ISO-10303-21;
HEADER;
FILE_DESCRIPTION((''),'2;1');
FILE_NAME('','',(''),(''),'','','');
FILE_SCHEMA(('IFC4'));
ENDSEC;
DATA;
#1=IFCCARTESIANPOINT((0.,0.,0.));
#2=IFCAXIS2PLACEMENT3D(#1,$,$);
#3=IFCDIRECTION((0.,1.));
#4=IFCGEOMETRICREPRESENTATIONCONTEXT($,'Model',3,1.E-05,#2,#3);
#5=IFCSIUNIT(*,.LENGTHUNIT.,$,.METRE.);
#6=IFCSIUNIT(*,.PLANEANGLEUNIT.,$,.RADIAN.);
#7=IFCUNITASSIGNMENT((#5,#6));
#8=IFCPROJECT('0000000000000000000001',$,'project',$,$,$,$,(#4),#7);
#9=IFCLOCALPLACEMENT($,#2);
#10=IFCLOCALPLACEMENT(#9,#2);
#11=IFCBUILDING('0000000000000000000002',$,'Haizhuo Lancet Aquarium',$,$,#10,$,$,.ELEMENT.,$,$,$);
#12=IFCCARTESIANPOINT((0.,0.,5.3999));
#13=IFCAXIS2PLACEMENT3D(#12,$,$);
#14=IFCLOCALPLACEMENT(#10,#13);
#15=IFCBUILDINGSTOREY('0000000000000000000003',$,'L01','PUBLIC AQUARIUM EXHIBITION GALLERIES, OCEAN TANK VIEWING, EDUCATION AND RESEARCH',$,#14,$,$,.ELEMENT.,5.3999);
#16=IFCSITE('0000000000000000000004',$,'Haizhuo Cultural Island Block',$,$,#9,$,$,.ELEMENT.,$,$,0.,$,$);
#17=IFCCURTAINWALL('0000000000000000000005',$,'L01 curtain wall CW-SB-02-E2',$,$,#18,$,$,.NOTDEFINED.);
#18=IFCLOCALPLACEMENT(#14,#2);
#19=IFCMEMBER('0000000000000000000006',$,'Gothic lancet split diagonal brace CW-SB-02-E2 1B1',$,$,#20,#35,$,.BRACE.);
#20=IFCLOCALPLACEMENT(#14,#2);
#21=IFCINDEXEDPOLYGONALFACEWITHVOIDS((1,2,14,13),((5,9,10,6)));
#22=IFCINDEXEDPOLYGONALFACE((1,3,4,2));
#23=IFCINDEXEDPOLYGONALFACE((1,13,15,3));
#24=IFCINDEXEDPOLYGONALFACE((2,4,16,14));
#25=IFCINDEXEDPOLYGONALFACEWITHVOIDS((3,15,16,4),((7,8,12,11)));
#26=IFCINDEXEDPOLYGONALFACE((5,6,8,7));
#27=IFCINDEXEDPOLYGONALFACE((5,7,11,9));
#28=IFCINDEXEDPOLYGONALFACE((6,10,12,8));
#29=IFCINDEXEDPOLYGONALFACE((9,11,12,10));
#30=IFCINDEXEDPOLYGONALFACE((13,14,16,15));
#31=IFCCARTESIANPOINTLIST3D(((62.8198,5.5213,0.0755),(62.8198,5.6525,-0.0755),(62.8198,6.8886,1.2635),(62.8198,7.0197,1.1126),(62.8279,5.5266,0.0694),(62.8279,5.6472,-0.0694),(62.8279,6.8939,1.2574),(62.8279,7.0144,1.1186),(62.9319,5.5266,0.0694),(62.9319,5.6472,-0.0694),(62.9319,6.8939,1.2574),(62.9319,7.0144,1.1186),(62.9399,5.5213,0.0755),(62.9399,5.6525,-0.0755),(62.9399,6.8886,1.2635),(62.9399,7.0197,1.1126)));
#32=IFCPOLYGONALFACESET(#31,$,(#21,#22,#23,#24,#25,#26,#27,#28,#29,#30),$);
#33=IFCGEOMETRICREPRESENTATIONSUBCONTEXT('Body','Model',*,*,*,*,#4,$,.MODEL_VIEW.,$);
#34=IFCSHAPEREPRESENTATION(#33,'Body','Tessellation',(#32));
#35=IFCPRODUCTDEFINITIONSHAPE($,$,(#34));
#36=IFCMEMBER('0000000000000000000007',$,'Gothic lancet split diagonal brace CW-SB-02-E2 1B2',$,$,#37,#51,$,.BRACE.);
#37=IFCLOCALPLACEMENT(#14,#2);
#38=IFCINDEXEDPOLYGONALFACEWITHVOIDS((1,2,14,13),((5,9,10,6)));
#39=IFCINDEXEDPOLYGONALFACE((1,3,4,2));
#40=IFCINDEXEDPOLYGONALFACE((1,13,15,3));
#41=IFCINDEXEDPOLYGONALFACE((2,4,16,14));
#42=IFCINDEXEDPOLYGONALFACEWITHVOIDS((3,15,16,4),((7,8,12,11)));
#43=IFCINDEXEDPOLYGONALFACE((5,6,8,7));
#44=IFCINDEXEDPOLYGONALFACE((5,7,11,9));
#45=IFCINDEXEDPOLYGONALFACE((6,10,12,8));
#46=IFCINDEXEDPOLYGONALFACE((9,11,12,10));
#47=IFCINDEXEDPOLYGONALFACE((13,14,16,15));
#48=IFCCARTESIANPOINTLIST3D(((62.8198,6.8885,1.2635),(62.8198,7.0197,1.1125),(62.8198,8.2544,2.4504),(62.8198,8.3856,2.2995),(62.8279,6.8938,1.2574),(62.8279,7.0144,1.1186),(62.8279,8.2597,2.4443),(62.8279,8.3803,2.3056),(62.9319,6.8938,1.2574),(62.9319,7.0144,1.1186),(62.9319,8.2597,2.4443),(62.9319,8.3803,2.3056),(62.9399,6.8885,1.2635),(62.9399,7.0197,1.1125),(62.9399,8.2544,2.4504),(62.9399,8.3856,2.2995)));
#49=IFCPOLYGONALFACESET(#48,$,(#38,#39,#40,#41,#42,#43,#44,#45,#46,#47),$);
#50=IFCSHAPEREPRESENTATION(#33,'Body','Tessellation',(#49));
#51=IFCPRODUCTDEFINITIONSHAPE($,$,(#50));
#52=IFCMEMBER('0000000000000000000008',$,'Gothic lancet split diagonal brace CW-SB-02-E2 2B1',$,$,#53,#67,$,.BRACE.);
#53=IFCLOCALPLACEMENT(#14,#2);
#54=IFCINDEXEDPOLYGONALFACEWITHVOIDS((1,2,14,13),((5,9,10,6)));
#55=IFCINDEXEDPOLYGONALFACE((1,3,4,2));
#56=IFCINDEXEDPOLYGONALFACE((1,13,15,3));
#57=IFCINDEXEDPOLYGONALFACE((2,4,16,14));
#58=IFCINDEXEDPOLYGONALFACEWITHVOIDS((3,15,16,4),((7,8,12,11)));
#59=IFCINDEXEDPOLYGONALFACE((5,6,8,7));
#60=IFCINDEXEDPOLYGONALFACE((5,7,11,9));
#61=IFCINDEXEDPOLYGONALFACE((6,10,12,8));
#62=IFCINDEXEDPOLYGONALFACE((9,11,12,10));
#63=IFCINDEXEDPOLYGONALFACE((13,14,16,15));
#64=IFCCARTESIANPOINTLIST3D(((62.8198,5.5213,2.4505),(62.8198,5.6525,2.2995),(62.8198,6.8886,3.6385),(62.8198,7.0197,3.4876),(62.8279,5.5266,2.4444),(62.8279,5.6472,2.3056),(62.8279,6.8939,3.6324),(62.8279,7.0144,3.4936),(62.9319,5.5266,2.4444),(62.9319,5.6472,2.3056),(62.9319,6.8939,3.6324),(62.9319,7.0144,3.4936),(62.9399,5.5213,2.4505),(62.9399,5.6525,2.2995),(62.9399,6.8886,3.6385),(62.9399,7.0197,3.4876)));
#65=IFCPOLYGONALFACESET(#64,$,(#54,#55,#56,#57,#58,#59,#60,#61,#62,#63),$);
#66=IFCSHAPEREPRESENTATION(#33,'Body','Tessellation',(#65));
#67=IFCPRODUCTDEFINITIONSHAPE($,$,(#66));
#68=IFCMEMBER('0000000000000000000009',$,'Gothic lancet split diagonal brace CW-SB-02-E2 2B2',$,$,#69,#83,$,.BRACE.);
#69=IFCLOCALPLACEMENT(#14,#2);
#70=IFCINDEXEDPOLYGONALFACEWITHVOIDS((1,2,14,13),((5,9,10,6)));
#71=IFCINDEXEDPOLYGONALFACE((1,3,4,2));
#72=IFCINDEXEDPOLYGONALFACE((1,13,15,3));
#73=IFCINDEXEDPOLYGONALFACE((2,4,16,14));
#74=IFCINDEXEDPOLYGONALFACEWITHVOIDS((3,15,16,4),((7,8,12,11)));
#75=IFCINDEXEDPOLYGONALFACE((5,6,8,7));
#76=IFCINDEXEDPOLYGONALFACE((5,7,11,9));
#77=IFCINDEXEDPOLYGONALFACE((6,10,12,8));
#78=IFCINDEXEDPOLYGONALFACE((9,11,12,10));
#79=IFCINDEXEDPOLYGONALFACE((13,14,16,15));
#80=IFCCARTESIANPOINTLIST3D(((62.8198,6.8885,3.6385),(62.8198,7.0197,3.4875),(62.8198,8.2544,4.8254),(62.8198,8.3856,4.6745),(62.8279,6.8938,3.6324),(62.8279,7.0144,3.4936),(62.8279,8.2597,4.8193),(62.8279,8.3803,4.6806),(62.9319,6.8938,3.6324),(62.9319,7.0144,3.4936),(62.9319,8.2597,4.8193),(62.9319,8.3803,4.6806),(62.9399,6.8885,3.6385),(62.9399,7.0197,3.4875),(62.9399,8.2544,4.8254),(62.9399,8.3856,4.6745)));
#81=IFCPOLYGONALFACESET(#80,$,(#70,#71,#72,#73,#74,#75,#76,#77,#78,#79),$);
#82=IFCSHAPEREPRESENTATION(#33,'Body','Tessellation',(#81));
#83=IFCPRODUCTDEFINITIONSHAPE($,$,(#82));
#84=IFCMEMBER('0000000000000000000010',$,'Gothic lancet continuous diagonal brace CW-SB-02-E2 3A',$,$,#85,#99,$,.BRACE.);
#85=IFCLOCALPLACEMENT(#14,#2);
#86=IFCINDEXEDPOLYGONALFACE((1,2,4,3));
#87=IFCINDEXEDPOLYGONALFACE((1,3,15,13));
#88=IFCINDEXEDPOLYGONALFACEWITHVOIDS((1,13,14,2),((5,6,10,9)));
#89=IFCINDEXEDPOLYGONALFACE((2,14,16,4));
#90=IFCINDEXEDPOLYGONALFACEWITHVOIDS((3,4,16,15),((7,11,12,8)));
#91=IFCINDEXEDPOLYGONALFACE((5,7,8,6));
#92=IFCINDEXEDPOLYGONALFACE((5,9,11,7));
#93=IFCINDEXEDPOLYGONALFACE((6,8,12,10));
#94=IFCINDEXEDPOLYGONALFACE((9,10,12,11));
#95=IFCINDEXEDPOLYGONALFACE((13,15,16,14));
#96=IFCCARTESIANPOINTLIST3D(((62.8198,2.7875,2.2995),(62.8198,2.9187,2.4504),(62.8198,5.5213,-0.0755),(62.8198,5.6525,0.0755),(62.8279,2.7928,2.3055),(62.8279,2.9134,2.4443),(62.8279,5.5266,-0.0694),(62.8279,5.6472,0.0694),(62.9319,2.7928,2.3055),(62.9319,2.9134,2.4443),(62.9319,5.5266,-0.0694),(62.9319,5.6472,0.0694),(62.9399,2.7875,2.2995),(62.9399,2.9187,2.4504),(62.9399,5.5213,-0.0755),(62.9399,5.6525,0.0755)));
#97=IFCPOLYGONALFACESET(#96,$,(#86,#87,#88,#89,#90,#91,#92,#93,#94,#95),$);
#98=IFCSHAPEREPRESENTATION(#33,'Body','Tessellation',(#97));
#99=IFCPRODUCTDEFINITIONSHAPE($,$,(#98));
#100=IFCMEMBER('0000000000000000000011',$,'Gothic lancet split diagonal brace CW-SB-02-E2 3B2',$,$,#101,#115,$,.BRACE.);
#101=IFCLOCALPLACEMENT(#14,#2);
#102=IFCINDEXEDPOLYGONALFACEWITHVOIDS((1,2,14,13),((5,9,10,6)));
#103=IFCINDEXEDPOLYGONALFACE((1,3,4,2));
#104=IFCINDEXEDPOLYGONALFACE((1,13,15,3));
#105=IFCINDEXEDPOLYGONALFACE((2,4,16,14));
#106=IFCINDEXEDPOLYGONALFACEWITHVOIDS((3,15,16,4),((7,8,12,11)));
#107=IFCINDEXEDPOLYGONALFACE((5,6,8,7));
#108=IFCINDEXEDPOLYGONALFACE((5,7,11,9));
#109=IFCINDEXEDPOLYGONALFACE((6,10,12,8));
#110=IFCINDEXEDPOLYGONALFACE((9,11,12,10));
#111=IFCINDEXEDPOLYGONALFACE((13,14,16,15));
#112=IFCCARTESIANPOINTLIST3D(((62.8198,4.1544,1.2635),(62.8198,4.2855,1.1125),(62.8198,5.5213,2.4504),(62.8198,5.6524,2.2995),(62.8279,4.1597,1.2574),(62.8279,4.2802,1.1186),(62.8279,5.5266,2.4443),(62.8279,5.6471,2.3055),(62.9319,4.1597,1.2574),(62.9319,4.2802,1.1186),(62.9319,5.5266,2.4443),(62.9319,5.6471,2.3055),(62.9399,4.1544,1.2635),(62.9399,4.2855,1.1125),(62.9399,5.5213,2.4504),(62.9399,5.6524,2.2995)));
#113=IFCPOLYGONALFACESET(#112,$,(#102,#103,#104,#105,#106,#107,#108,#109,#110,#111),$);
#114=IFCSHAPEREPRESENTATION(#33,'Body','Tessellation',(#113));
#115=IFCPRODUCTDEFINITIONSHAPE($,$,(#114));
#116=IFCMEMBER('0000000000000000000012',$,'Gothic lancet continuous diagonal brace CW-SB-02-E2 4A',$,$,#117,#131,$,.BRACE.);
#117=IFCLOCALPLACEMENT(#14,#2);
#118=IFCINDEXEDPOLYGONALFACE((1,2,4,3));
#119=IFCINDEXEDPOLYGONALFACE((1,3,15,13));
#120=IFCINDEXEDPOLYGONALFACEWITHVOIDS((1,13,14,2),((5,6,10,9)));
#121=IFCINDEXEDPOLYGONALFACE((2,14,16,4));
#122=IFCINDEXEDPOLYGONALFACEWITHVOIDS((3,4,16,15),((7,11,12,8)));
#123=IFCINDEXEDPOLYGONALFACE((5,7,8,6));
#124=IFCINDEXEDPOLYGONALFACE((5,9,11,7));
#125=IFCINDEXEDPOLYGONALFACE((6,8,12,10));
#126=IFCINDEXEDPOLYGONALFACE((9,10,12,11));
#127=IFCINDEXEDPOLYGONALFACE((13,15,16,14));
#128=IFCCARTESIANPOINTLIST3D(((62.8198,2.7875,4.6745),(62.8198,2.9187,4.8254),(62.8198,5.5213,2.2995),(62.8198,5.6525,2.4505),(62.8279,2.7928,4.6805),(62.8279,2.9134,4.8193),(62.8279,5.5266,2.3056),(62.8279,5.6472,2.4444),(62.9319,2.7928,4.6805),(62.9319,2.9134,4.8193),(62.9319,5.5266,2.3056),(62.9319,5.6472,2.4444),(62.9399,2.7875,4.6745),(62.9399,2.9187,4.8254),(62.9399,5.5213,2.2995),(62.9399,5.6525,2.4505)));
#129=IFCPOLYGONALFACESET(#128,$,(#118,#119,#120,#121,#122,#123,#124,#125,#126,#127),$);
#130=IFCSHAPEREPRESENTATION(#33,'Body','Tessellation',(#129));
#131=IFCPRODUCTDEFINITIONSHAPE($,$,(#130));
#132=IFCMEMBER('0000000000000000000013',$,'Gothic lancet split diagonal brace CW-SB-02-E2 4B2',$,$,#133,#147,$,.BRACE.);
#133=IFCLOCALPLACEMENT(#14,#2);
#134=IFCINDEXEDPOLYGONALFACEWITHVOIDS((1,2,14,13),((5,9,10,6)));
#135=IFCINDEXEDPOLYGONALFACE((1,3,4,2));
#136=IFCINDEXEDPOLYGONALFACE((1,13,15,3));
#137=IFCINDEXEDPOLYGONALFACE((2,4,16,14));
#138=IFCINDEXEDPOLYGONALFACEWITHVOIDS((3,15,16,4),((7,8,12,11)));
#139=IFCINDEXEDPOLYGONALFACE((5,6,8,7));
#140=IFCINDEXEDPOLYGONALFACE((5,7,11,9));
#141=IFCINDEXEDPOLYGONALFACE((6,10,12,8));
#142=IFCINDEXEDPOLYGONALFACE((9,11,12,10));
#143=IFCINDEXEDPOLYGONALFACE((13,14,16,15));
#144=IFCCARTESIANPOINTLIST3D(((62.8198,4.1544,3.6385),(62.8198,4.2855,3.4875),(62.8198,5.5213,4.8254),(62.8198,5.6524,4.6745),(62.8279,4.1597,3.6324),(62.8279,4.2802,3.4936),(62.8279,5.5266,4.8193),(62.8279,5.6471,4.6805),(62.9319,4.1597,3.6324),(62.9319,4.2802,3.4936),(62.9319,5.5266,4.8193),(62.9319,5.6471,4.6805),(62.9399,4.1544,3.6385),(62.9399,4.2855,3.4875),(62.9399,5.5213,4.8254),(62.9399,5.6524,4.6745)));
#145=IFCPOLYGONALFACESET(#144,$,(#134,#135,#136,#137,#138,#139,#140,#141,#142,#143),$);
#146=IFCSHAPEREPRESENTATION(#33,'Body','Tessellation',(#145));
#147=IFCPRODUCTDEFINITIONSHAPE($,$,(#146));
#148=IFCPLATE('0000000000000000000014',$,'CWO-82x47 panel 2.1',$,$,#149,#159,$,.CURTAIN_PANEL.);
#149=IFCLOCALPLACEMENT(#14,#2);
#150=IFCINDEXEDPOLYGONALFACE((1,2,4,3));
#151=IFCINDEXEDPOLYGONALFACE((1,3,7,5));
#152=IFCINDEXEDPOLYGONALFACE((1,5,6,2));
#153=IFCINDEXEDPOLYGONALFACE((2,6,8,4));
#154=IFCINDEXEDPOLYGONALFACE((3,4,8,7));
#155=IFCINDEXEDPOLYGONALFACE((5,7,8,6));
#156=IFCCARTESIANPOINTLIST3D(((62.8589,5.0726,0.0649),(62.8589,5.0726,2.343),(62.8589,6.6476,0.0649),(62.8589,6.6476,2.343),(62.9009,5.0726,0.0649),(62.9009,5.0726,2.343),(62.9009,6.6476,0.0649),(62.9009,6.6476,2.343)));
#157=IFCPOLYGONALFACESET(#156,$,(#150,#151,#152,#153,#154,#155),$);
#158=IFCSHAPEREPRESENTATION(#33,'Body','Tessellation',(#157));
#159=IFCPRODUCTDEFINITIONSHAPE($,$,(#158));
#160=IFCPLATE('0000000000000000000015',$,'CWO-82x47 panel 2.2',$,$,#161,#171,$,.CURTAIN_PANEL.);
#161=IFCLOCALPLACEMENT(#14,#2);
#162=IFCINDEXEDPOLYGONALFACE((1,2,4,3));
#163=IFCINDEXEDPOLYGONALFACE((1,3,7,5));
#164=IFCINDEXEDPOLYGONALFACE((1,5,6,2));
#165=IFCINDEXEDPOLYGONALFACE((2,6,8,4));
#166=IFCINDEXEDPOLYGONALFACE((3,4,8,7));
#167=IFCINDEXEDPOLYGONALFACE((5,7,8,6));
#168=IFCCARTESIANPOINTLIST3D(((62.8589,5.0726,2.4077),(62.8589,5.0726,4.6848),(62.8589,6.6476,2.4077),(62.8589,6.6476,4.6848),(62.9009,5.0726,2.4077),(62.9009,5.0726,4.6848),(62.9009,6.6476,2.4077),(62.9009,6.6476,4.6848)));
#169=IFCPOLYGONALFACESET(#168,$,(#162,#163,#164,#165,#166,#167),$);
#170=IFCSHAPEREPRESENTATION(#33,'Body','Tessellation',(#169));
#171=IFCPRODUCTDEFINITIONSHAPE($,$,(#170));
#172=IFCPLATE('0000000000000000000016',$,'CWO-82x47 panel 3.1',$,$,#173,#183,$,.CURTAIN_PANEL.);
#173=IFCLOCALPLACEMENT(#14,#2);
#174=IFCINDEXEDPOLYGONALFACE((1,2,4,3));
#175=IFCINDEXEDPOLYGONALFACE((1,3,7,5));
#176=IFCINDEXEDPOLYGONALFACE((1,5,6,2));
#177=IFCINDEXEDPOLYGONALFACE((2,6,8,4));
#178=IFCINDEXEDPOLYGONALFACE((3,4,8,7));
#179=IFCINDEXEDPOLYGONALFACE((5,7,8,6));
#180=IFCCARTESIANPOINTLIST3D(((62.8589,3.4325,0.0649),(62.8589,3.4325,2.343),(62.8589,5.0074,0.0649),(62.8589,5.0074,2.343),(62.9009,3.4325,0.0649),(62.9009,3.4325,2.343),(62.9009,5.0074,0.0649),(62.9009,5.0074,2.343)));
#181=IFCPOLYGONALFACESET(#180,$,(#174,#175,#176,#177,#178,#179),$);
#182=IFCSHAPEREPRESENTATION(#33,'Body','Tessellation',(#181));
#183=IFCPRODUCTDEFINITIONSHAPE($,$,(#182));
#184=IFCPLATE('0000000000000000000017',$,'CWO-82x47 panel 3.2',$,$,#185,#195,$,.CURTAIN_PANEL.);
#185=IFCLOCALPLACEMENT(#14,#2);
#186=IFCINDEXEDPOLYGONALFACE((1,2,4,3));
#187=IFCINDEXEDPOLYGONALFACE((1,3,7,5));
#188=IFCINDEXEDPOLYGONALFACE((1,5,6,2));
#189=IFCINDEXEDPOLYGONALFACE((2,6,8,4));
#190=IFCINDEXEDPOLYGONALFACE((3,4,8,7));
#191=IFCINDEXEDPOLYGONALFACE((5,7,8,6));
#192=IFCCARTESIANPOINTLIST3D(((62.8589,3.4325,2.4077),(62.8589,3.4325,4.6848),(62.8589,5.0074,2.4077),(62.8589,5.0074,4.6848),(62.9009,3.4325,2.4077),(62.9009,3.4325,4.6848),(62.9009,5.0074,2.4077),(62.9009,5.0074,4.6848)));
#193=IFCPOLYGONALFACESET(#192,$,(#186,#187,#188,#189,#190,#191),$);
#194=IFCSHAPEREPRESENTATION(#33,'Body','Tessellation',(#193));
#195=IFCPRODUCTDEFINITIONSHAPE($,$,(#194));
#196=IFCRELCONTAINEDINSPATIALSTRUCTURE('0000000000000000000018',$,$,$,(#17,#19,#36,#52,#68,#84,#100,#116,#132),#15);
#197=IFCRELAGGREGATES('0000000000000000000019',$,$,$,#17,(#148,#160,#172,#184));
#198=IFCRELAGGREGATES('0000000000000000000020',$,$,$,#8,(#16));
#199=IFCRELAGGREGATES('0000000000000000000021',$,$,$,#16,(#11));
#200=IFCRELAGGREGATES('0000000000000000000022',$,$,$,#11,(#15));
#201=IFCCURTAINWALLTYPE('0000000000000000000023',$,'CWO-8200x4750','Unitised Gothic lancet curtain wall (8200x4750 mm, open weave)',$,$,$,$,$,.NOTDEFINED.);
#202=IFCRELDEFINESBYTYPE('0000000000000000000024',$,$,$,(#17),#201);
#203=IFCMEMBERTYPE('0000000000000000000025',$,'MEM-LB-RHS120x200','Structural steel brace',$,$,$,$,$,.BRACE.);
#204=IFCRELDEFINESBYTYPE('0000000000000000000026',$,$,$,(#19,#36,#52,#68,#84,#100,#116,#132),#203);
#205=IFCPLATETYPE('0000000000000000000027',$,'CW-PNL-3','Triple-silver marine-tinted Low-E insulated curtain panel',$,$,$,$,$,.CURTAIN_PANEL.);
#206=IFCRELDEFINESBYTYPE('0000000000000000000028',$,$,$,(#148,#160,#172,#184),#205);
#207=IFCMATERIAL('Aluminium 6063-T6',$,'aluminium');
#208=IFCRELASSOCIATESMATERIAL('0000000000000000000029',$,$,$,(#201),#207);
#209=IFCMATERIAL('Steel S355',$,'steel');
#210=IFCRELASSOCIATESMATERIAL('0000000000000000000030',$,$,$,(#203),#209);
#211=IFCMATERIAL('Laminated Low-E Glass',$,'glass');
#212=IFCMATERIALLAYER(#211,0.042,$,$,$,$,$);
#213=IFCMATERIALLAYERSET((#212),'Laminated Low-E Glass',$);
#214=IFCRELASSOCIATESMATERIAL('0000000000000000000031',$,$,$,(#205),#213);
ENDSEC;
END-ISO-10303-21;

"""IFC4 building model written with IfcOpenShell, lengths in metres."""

from ifc_helpers import new_model, si_unit, direction, frame, origin, origin_2d, place, context, subcontext, project, spatial, rectangle, hollow_rectangle, extrude, material, layer, layer_set, material_profile, profile_set, type_object, element, aggregate, save


model = new_model("IFC4")

# Units and contexts
model_context = context("Model", 3, precision=1e-05, world=origin(), true_north=direction((0.0, 1.0)))
body_context = subcontext(model_context, "Body", "Model", "MODEL_VIEW")
ifc_project = project(units=[si_unit("LENGTHUNIT", "METRE"), si_unit("PLANEANGLEUNIT", "RADIAN")], contexts=[model_context])

# Site, building, storey
site_placement = place(None, origin())
site = spatial("IfcSite", under=ifc_project, at=site_placement, Name="Haizhuo Cultural Island Block", CompositionType="ELEMENT", RefElevation=0.0)
building_placement = place(site_placement, origin())
building = spatial("IfcBuilding", under=site, at=building_placement, Name="Haizhuo Lancet Aquarium", CompositionType="ELEMENT")
storey_placement = place(building_placement, frame((0.0, 0.0, 5.3999)))
storey = spatial("IfcBuildingStorey", under=building, at=storey_placement, Name="L01", Description="PUBLIC AQUARIUM EXHIBITION GALLERIES, OCEAN TANK VIEWING, EDUCATION AND RESEARCH", CompositionType="ELEMENT", Elevation=5.3999)

# Curtain wall
ifc_material_1 = material(Name="Aluminium 6063-T6", Category="aluminium")
curtain_wall_type = type_object("IfcCurtainWallType", Name="CWO-8200x4750", Description="Unitised Gothic lancet curtain wall (8200x4750 mm, open weave)", PredefinedType="NOTDEFINED", material=ifc_material_1)
curtain_wall_placement = place(storey_placement, origin())
curtain_wall = element("IfcCurtainWall", 1, at=curtain_wall_placement, inside=storey, type_object=curtain_wall_type, Name="L01 curtain wall CW-SB-02-E2", PredefinedType="NOTDEFINED")

# Members
ifc_material_2 = material(Name="Steel S355", Category="steel")
ifc_material_profile_1 = material_profile(ifc_material_2, hollow_rectangle(XDim=0.1201, YDim=0.2, WallThickness=0.0081, at=origin_2d()), Name="RHS 120x200x8")
ifc_profile_set_1 = profile_set([ifc_material_profile_1], Name="Steel S355")
member_type_1 = type_object("IfcMemberType", Name="MEM-LB-RHS120x200", Description="Structural steel brace", PredefinedType="BRACE", material=ifc_profile_set_1)
member_1_placement = place(storey_placement, frame((62.8799, 5.5869, 0.0), z_axis=(0.0, 0.754843, 0.655905), x_axis=(-1.0, 0.0, 0.0)))
element("IfcMember", 2, at=member_1_placement, inside=storey, type_object=member_type_1, Name="Gothic lancet split diagonal brace CW-SB-02-E2 1B1", PredefinedType="BRACE", context=body_context, shape_type="SweptSolid", body=[
    extrude(hollow_rectangle(XDim=0.1201, YDim=0.2, WallThickness=0.0081, at=origin_2d()), origin(), (0.0, 0.0, 1.0), 1.8113),
])
member_2_placement = place(storey_placement, frame((62.8799, 6.9541, 1.188), z_axis=(0.0, 0.75482, 0.655932), x_axis=(-1.0, 0.0, 0.0)))
element("IfcMember", 3, at=member_2_placement, inside=storey, type_object=member_type_1, Name="Gothic lancet split diagonal brace CW-SB-02-E2 1B2", PredefinedType="BRACE", context=body_context, shape_type="SweptSolid", body=[
    extrude(hollow_rectangle(XDim=0.1201, YDim=0.2, WallThickness=0.0081, at=origin_2d()), origin(), (0.0, 0.0, 1.0), 1.8096),
])
member_3_placement = place(storey_placement, frame((62.8799, 5.5869, 2.375), z_axis=(0.0, 0.754843, 0.655905), x_axis=(-1.0, 0.0, 0.0)))
element("IfcMember", 4, at=member_3_placement, inside=storey, type_object=member_type_1, Name="Gothic lancet split diagonal brace CW-SB-02-E2 2B1", PredefinedType="BRACE", context=body_context, shape_type="SweptSolid", body=[
    extrude(hollow_rectangle(XDim=0.1201, YDim=0.2, WallThickness=0.0081, at=origin_2d()), origin(), (0.0, 0.0, 1.0), 1.8113),
])
member_4_placement = place(storey_placement, frame((62.8799, 6.9541, 3.563), z_axis=(0.0, 0.75482, 0.655932), x_axis=(-1.0, 0.0, 0.0)))
element("IfcMember", 5, at=member_4_placement, inside=storey, type_object=member_type_1, Name="Gothic lancet split diagonal brace CW-SB-02-E2 2B2", PredefinedType="BRACE", context=body_context, shape_type="SweptSolid", body=[
    extrude(hollow_rectangle(XDim=0.1201, YDim=0.2, WallThickness=0.0081, at=origin_2d()), origin(), (0.0, 0.0, 1.0), 1.8096),
])
member_5_placement = place(storey_placement, frame((62.8799, 5.5869, 0.0), z_axis=(0.0, -0.754919, 0.655818), x_axis=(1.0, 0.0, 0.0)))
element("IfcMember", 6, at=member_5_placement, inside=storey, type_object=member_type_1, Name="Gothic lancet continuous diagonal brace CW-SB-02-E2 3A", PredefinedType="BRACE", context=body_context, shape_type="SweptSolid", body=[
    extrude(hollow_rectangle(XDim=0.1201, YDim=0.2, WallThickness=0.0081, at=origin_2d()), origin(), (0.0, 0.0, 1.0), 3.6213),
])
member_6_placement = place(storey_placement, frame((62.8799, 4.22, 1.188), z_axis=(0.0, 0.755052, 0.655664), x_axis=(-1.0, 0.0, 0.0)))
element("IfcMember", 7, at=member_6_placement, inside=storey, type_object=member_type_1, Name="Gothic lancet split diagonal brace CW-SB-02-E2 3B2", PredefinedType="BRACE", context=body_context, shape_type="SweptSolid", body=[
    extrude(hollow_rectangle(XDim=0.1201, YDim=0.2, WallThickness=0.0081, at=origin_2d()), origin(), (0.0, 0.0, 1.0), 1.8103),
])
member_7_placement = place(storey_placement, frame((62.8799, 5.5869, 2.375), z_axis=(0.0, -0.754919, 0.655818), x_axis=(1.0, 0.0, 0.0)))
element("IfcMember", 8, at=member_7_placement, inside=storey, type_object=member_type_1, Name="Gothic lancet continuous diagonal brace CW-SB-02-E2 4A", PredefinedType="BRACE", context=body_context, shape_type="SweptSolid", body=[
    extrude(hollow_rectangle(XDim=0.1201, YDim=0.2, WallThickness=0.0081, at=origin_2d()), origin(), (0.0, 0.0, 1.0), 3.6213),
])
member_8_placement = place(storey_placement, frame((62.8799, 4.22, 3.563), z_axis=(0.0, 0.755052, 0.655664), x_axis=(-1.0, 0.0, 0.0)))
element("IfcMember", 9, at=member_8_placement, inside=storey, type_object=member_type_1, Name="Gothic lancet split diagonal brace CW-SB-02-E2 4B2", PredefinedType="BRACE", context=body_context, shape_type="SweptSolid", body=[
    extrude(hollow_rectangle(XDim=0.1201, YDim=0.2, WallThickness=0.0081, at=origin_2d()), origin(), (0.0, 0.0, 1.0), 1.8103),
])

# Plates
ifc_material_3 = material(Name="Laminated Low-E Glass", Category="glass")
ifc_layer = layer(ifc_material_3, 0.042)
ifc_layer_set = layer_set([ifc_layer], Name="Laminated Low-E Glass")
plate_type = type_object("IfcPlateType", Name="CW-PNL-3", Description="Triple-silver marine-tinted Low-E insulated curtain panel", PredefinedType="CURTAIN_PANEL", material=ifc_layer_set)
plate_1_placement = place(storey_placement, frame((62.8799, 5.8601, 0.0649), z_axis=(0.0, 0.0, 1.0), x_axis=(0.0, -1.0, 0.0)))
plate_1 = element("IfcPlate", 10, at=plate_1_placement, type_object=plate_type, Name="CWO-82x47 panel 2.1", PredefinedType="CURTAIN_PANEL", context=body_context, shape_type="SweptSolid", body=[
    extrude(rectangle(XDim=1.575, YDim=0.042, at=origin_2d()), origin(), (0.0, 0.0, 1.0), 2.2781),
])
plate_2_placement = place(storey_placement, frame((62.8799, 5.8601, 2.4077), z_axis=(0.0, 0.0, 1.0), x_axis=(0.0, -1.0, 0.0)))
plate_2 = element("IfcPlate", 11, at=plate_2_placement, type_object=plate_type, Name="CWO-82x47 panel 2.2", PredefinedType="CURTAIN_PANEL", context=body_context, shape_type="SweptSolid", body=[
    extrude(rectangle(XDim=1.575, YDim=0.042, at=origin_2d()), origin(), (0.0, 0.0, 1.0), 2.2771),
])
plate_3_placement = place(storey_placement, frame((62.8799, 4.22, 0.0649), z_axis=(0.0, 0.0, 1.0), x_axis=(0.0, -1.0, 0.0)))
plate_3 = element("IfcPlate", 12, at=plate_3_placement, type_object=plate_type, Name="CWO-82x47 panel 3.1", PredefinedType="CURTAIN_PANEL", context=body_context, shape_type="SweptSolid", body=[
    extrude(rectangle(XDim=1.575, YDim=0.042, at=origin_2d()), origin(), (0.0, 0.0, 1.0), 2.2781),
])
plate_4_placement = place(storey_placement, frame((62.8799, 4.22, 2.4077), z_axis=(0.0, 0.0, 1.0), x_axis=(0.0, -1.0, 0.0)))
plate_4 = element("IfcPlate", 13, at=plate_4_placement, type_object=plate_type, Name="CWO-82x47 panel 3.2", PredefinedType="CURTAIN_PANEL", context=body_context, shape_type="SweptSolid", body=[
    extrude(rectangle(XDim=1.575, YDim=0.042, at=origin_2d()), origin(), (0.0, 0.0, 1.0), 2.2771),
])
aggregate(curtain_wall, [plate_1, plate_2, plate_3, plate_4])

save(model, "model.ifc")
